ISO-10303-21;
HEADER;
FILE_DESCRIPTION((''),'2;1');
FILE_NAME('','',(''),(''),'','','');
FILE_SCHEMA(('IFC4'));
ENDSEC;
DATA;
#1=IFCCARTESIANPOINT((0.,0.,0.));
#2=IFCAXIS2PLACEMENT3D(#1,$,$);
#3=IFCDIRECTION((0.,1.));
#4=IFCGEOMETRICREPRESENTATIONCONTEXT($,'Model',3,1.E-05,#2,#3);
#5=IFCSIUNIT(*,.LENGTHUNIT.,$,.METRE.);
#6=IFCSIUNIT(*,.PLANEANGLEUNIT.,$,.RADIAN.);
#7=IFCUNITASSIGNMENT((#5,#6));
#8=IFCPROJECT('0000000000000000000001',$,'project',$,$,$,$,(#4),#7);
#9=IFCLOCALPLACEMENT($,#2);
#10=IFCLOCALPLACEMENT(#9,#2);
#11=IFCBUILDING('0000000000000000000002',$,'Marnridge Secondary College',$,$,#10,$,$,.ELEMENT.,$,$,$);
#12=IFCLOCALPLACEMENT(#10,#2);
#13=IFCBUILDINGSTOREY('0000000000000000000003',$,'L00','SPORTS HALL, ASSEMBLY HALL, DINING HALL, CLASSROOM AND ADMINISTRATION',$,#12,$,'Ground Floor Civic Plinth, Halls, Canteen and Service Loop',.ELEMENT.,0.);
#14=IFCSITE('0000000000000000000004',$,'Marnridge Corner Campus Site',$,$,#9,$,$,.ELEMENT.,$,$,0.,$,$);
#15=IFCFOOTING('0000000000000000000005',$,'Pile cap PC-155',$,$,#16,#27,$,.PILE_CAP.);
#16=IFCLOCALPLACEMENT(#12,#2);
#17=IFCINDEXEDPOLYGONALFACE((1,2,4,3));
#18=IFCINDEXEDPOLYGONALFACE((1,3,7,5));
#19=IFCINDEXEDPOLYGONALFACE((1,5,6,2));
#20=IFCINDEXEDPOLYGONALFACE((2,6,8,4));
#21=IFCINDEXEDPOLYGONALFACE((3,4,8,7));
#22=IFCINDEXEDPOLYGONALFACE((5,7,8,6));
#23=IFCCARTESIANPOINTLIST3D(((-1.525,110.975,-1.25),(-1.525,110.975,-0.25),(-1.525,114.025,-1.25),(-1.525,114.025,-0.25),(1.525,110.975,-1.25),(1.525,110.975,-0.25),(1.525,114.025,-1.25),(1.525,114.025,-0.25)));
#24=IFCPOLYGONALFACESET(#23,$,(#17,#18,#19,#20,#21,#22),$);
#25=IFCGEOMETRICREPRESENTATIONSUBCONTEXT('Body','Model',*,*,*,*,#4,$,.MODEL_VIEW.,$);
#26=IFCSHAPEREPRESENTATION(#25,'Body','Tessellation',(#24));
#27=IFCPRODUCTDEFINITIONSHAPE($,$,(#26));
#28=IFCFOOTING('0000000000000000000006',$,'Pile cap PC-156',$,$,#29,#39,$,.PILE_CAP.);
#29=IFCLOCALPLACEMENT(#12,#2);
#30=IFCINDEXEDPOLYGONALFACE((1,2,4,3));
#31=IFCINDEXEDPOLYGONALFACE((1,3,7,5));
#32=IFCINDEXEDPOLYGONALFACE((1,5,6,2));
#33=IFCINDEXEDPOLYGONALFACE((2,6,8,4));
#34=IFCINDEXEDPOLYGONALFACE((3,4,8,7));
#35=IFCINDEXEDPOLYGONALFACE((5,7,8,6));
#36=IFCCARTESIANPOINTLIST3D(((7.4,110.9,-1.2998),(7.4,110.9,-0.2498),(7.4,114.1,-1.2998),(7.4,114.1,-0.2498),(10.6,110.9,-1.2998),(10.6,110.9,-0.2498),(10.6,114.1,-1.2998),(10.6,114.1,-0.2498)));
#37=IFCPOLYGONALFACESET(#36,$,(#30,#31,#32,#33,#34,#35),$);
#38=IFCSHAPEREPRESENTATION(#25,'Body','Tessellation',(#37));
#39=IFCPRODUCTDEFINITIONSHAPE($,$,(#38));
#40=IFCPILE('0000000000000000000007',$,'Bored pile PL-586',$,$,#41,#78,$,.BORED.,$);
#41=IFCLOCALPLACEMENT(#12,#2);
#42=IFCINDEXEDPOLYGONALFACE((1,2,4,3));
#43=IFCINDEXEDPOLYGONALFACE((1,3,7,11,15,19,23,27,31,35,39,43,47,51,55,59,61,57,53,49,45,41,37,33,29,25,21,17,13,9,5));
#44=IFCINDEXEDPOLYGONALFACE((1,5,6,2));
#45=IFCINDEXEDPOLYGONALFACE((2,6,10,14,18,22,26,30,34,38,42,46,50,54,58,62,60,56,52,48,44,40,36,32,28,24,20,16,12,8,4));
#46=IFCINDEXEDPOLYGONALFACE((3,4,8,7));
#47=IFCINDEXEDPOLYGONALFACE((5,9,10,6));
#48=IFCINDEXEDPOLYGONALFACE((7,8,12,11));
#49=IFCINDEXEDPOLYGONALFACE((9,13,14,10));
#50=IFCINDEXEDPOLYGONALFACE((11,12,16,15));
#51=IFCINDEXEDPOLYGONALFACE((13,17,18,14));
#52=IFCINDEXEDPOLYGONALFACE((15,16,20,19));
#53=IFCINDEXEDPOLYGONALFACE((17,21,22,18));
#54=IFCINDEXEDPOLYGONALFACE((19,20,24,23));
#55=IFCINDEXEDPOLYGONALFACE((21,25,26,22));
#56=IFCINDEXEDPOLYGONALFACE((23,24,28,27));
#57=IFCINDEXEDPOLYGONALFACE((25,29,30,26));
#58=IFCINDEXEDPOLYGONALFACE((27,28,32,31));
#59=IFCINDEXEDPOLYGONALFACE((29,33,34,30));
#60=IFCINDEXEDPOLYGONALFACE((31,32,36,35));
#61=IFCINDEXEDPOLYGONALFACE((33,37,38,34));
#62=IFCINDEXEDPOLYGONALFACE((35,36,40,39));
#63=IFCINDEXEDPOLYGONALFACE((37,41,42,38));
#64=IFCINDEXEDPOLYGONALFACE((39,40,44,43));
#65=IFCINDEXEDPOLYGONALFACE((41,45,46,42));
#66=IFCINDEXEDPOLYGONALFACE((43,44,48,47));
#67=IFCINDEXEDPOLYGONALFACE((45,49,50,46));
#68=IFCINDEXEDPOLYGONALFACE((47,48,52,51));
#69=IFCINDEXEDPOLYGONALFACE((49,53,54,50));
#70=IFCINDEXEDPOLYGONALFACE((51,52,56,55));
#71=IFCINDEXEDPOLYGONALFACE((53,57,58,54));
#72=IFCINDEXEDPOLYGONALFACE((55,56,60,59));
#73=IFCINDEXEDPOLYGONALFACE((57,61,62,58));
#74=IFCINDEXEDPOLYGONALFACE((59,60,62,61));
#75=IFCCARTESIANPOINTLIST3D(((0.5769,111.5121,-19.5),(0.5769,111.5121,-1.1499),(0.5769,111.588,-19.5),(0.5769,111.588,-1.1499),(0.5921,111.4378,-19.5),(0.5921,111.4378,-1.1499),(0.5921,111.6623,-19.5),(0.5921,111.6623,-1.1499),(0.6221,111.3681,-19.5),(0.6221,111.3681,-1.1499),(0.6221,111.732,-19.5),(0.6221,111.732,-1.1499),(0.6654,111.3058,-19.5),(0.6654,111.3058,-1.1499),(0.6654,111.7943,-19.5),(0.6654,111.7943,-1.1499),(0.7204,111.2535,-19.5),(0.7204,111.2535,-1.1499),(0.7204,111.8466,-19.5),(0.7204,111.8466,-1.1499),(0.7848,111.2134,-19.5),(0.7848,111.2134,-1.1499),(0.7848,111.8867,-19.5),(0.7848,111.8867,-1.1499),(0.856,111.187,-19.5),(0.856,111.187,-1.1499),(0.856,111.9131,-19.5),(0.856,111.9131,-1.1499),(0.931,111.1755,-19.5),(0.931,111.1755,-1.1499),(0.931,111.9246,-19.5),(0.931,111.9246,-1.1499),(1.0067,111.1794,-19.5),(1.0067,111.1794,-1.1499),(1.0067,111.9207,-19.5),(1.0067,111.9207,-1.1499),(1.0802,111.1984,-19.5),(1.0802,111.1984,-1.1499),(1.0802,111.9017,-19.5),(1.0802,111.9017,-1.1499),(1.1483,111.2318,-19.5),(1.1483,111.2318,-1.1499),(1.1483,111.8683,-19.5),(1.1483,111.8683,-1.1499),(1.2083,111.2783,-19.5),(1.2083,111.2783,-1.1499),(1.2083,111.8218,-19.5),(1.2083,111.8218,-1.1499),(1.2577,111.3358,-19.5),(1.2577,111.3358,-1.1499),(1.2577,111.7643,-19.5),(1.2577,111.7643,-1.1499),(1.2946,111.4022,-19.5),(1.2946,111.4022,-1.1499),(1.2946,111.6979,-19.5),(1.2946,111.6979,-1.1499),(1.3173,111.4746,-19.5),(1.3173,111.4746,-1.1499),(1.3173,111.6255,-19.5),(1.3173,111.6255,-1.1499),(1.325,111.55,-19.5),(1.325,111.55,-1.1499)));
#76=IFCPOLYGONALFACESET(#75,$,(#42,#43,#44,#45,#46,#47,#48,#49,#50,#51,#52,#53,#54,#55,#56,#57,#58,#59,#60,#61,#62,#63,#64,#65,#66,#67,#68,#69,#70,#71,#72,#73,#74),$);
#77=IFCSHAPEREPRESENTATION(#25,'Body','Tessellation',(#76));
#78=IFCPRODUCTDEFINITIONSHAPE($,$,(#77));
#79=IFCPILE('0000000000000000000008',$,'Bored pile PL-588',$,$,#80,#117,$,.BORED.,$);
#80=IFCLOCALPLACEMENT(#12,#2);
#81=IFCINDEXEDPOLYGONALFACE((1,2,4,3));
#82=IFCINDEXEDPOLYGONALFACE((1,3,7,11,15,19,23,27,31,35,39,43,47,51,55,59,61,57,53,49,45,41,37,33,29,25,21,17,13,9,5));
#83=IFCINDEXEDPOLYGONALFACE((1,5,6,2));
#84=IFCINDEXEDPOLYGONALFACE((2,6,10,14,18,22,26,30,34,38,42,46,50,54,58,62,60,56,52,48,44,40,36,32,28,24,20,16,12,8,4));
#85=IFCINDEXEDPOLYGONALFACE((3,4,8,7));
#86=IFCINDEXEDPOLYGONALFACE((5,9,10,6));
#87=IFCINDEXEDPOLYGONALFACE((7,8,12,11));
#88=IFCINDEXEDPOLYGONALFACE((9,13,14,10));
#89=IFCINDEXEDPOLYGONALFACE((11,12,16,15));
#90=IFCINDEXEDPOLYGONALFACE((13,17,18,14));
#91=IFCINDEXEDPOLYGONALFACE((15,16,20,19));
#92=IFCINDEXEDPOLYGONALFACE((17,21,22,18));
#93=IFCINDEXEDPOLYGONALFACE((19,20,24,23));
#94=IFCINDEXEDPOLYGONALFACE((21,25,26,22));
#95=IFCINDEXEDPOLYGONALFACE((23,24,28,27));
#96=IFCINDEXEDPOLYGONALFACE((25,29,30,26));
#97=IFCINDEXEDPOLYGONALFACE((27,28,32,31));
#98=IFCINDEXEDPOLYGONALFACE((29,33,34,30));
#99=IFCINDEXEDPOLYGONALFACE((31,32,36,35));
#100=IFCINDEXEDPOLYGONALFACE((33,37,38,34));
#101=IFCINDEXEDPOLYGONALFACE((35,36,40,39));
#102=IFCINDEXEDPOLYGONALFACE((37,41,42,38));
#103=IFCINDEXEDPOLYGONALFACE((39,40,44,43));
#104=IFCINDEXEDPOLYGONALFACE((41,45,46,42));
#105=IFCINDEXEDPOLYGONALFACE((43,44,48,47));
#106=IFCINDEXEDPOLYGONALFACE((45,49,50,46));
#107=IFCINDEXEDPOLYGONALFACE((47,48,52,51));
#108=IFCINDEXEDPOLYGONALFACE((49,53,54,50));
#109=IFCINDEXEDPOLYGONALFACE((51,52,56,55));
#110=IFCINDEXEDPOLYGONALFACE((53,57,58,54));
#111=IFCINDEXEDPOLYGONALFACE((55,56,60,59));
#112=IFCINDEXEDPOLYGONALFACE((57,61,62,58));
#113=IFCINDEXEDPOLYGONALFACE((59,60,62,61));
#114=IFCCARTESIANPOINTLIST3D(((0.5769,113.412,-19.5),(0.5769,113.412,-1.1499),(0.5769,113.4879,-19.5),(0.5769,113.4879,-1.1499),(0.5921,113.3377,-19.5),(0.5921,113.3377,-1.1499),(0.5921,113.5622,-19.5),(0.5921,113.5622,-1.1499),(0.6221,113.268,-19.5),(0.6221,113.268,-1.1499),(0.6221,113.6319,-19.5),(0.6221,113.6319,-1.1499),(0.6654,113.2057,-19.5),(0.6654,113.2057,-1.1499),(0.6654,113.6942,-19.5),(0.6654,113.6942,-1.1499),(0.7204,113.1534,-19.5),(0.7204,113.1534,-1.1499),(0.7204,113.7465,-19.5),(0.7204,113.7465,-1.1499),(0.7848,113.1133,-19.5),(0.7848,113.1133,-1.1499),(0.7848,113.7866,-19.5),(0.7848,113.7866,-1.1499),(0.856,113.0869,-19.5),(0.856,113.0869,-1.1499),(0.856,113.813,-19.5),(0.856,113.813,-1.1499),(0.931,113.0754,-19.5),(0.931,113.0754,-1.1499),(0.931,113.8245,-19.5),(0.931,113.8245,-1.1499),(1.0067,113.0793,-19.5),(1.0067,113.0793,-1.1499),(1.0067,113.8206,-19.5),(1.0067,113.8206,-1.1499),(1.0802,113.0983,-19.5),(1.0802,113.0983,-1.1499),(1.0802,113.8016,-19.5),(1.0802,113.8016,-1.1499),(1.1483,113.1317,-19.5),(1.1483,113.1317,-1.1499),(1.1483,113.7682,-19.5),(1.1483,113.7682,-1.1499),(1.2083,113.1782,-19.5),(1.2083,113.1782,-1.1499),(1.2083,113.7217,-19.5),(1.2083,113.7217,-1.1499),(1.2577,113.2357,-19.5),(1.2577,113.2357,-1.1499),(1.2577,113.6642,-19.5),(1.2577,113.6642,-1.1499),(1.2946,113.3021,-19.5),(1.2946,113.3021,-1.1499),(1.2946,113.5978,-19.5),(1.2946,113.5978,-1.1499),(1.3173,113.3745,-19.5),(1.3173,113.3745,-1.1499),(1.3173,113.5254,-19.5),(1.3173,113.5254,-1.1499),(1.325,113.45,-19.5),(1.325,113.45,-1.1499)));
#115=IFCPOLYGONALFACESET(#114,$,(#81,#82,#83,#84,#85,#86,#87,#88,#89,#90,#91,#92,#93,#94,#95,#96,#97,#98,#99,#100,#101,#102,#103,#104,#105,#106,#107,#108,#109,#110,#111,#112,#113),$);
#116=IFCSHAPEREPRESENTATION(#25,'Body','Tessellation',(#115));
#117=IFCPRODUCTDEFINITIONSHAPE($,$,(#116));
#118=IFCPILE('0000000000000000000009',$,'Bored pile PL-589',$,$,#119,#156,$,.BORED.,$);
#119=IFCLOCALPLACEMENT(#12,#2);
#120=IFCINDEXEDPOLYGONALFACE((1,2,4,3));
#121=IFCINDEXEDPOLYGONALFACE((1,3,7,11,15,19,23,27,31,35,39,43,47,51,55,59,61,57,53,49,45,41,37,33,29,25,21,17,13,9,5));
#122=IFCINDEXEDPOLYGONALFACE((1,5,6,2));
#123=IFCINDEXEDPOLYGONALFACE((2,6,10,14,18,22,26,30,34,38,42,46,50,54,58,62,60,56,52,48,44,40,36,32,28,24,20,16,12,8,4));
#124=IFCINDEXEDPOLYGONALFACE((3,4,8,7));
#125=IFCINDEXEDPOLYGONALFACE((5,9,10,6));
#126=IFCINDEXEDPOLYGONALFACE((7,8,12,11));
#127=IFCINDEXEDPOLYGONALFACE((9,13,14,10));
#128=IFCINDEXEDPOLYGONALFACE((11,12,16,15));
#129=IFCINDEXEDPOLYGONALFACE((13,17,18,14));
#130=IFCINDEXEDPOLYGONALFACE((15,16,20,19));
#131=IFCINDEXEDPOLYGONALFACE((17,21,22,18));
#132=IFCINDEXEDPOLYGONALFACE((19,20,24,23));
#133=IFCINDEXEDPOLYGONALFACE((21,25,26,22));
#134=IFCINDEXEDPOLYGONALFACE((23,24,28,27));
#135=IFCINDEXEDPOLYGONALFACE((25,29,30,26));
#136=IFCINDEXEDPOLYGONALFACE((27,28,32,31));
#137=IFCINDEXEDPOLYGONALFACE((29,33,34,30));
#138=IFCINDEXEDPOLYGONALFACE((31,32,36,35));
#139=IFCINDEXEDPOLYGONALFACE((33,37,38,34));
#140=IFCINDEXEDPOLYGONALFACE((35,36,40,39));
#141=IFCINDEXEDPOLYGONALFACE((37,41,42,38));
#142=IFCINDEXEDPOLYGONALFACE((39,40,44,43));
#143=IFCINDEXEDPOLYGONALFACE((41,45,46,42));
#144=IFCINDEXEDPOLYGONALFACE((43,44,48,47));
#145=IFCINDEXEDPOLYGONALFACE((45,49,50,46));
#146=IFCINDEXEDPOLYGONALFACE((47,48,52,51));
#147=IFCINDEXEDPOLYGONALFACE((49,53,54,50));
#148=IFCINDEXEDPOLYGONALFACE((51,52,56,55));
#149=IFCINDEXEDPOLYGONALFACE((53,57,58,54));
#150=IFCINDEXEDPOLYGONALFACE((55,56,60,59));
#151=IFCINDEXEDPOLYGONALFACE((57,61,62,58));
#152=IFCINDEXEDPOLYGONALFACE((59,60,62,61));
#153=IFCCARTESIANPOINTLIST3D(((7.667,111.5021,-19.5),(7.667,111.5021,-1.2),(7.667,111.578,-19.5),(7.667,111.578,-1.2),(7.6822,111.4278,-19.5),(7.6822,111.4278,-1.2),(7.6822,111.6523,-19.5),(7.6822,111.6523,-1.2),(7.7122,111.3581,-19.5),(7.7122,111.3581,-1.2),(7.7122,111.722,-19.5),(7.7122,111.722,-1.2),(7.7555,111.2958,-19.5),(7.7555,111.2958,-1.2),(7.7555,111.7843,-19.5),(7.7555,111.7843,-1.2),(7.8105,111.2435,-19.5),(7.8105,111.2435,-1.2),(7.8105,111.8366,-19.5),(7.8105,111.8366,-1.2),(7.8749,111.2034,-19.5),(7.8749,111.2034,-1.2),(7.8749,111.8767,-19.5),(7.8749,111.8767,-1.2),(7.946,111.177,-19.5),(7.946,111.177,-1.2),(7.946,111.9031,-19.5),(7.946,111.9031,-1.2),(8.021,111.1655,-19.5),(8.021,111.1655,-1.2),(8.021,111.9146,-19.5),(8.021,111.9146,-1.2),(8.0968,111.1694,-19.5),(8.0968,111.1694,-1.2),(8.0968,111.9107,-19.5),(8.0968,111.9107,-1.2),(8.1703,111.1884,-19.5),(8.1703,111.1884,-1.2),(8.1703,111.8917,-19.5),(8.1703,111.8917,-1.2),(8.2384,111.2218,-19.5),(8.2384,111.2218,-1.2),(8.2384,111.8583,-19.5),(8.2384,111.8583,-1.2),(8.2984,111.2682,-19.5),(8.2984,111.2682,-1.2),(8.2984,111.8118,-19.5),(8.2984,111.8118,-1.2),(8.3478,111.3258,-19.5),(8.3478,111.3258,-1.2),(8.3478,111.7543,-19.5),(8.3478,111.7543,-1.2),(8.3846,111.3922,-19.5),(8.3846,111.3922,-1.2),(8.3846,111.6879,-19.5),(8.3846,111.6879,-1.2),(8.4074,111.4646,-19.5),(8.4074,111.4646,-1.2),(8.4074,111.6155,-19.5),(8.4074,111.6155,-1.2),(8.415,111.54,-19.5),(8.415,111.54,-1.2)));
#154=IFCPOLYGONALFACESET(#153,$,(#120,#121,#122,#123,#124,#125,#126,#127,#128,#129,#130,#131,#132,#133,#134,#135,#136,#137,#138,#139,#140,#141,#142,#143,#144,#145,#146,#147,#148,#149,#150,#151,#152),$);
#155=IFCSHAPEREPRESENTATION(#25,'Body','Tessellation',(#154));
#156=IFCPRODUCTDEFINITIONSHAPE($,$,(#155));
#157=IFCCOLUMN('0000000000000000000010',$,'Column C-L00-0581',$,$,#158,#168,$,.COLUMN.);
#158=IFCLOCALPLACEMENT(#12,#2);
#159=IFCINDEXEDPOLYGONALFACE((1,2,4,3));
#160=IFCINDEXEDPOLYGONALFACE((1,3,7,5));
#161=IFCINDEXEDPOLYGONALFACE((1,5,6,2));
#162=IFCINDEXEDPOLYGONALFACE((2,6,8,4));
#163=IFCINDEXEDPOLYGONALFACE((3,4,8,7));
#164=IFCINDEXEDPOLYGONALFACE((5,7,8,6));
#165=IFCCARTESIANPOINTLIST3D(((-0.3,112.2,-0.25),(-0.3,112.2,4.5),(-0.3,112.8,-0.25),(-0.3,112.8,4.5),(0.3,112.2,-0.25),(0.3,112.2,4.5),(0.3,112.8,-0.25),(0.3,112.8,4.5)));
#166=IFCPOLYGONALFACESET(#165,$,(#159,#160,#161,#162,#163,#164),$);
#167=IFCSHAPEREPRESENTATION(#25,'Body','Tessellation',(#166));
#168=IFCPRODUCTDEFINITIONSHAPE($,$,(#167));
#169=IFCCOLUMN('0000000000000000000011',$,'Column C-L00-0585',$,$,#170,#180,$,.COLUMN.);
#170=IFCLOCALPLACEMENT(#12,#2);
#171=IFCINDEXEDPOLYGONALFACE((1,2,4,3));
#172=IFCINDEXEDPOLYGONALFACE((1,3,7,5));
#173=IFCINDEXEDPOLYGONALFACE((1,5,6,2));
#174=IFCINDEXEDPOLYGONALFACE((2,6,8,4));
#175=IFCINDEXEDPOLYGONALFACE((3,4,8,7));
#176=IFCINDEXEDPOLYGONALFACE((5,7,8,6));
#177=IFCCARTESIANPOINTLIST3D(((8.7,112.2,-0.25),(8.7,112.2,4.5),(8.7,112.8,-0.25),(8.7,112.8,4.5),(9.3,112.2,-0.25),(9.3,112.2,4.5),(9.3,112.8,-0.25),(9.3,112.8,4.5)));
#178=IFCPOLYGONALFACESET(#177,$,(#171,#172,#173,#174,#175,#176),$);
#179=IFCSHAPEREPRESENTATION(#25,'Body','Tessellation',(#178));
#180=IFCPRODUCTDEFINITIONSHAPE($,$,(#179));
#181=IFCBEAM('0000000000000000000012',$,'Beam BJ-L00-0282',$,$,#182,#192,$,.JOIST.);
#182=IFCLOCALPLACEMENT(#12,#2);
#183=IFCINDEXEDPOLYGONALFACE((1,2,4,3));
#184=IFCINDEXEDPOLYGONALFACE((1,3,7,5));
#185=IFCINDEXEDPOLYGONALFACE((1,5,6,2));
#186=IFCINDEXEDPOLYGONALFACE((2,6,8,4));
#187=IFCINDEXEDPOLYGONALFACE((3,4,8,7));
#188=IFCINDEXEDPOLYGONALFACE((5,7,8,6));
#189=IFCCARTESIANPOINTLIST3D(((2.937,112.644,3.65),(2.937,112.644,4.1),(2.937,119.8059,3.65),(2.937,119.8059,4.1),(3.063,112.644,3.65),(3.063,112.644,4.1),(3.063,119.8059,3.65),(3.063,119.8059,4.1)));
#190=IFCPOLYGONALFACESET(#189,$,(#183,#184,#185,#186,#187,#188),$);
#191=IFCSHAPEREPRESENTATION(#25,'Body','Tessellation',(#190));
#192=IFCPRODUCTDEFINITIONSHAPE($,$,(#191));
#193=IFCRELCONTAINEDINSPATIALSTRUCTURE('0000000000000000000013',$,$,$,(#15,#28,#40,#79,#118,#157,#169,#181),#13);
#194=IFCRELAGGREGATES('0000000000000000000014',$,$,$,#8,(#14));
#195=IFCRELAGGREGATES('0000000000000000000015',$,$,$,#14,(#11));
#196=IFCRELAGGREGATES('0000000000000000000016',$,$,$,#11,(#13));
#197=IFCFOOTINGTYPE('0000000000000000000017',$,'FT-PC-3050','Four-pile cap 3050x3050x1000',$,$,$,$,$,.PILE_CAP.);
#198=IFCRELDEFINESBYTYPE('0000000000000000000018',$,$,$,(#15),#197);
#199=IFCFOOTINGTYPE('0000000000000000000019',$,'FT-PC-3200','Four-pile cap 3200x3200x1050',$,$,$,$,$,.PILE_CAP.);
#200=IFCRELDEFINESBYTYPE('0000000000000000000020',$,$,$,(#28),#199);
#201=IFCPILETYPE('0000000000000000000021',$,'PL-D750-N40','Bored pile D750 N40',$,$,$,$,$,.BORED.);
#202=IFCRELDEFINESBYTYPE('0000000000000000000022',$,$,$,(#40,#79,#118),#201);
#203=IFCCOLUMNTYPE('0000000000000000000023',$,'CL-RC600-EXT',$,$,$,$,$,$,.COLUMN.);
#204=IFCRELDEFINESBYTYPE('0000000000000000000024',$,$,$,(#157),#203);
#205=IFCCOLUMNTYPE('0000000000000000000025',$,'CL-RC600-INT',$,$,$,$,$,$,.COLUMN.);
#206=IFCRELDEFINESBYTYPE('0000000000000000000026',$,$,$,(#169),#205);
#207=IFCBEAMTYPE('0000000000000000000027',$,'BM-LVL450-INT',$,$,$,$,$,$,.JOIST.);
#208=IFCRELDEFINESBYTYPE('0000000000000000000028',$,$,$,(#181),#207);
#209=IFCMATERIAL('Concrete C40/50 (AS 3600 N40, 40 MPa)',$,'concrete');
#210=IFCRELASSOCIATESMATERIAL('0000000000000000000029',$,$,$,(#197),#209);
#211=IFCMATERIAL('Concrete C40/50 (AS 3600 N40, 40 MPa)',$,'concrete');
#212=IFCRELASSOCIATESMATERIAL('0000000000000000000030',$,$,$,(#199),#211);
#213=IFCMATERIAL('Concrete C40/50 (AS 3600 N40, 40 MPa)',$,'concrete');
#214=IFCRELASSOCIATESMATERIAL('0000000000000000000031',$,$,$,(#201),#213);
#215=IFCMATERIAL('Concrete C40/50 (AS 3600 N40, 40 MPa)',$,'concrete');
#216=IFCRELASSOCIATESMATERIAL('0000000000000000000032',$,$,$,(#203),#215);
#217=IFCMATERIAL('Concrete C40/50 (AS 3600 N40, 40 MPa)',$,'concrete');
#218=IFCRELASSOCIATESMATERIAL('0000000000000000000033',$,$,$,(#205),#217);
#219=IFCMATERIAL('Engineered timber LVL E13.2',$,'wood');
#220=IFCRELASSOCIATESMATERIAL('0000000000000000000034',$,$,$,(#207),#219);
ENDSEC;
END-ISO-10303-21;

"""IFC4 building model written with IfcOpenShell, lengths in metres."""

from ifc_helpers import new_model, si_unit, direction, frame, origin, origin_2d, place, context, subcontext, project, spatial, rectangle, circle, extrude, material, material_profile, profile_set, type_object, element, save


model = new_model("IFC4")

# Units and contexts
model_context = context("Model", 3, precision=1e-05, world=origin(), true_north=direction((0.0, 1.0)))
body_context = subcontext(model_context, "Body", "Model", "MODEL_VIEW")
ifc_project = project(units=[si_unit("LENGTHUNIT", "METRE"), si_unit("PLANEANGLEUNIT", "RADIAN")], contexts=[model_context])

# Site, building, storey
site_placement = place(None, origin())
site = spatial("IfcSite", under=ifc_project, at=site_placement, Name="Marnridge Corner Campus Site", CompositionType="ELEMENT", RefElevation=0.0)
building_placement = place(site_placement, origin())
building = spatial("IfcBuilding", under=site, at=building_placement, Name="Marnridge Secondary College", CompositionType="ELEMENT")
storey_placement = place(building_placement, origin())
storey = spatial("IfcBuildingStorey", under=building, at=storey_placement, Name="L00", Description="SPORTS HALL, ASSEMBLY HALL, DINING HALL, CLASSROOM AND ADMINISTRATION", LongName="Ground Floor Civic Plinth, Halls, Canteen and Service Loop", CompositionType="ELEMENT", Elevation=0.0)

# Footings
ifc_material_1 = material(Name="Concrete C40/50 (AS 3600 N40, 40 MPa)", Category="concrete")
footing_type_1 = type_object("IfcFootingType", Name="FT-PC-3050", Description="Four-pile cap 3050x3050x1000", PredefinedType="PILE_CAP", material=ifc_material_1)
footing_1_placement = place(storey_placement, frame((0.0, 112.5, -1.25), z_axis=(0.0, 0.0, 1.0), x_axis=(1.0, 0.0, 0.0)))
element("IfcFooting", 1, at=footing_1_placement, inside=storey, type_object=footing_type_1, Name="Pile cap PC-155", PredefinedType="PILE_CAP", context=body_context, shape_type="SweptSolid", body=[
    extrude(rectangle(XDim=3.05, YDim=3.05, at=origin_2d()), origin(), (0.0, 0.0, 1.0), 1.0),
])
ifc_material_2 = material(Name="Concrete C40/50 (AS 3600 N40, 40 MPa)", Category="concrete")
footing_type_2 = type_object("IfcFootingType", Name="FT-PC-3200", Description="Four-pile cap 3200x3200x1050", PredefinedType="PILE_CAP", material=ifc_material_2)
footing_2_placement = place(storey_placement, frame((9.0, 112.5, -1.2998), z_axis=(0.0, 0.0, 1.0), x_axis=(1.0, 0.0, 0.0)))
element("IfcFooting", 2, at=footing_2_placement, inside=storey, type_object=footing_type_2, Name="Pile cap PC-156", PredefinedType="PILE_CAP", context=body_context, shape_type="SweptSolid", body=[
    extrude(rectangle(XDim=3.2, YDim=3.2, at=origin_2d()), origin(), (0.0, 0.0, 1.0), 1.05),
])

# Piles
ifc_material_3 = material(Name="Concrete C40/50 (AS 3600 N40, 40 MPa)", Category="concrete")
ifc_material_profile_1 = material_profile(ifc_material_3, circle(Radius=0.375, at=origin_2d()), Name="PILE D750")
ifc_profile_set_1 = profile_set([ifc_material_profile_1], Name="Concrete C40/50 (AS 3600 N40, 40 MPa)")
pile_type = type_object("IfcPileType", Name="PL-D750-N40", Description="Bored pile D750 N40", PredefinedType="BORED", material=ifc_profile_set_1)
for number, where, z_axis, x_axis, name in (
    (3, (0.95, 111.55, -1.1499), (0.0, 0.0, -1.0), (1.0, 0.0, 0.0), "Bored pile PL-586"),
    (4, (0.95, 113.45, -1.1499), (0.0, 0.0, -1.0), (1.0, 0.0, 0.0), "Bored pile PL-588"),
):
    element("IfcPile", number, at=place(storey_placement, frame(where, z_axis=z_axis, x_axis=x_axis)), inside=storey, type_object=pile_type, Name=name, PredefinedType="BORED", context=body_context, shape_type="SweptSolid", body=[
        extrude(circle(Radius=0.375, at=origin_2d()), origin(), (0.0, 0.0, 1.0), 18.3501),
    ])
pile_placement = place(storey_placement, frame((8.04, 111.54, -1.2), z_axis=(0.0, 0.0, -1.0), x_axis=(1.0, 0.0, 0.0)))
element("IfcPile", 5, at=pile_placement, inside=storey, type_object=pile_type, Name="Bored pile PL-589", PredefinedType="BORED", context=body_context, shape_type="SweptSolid", body=[
    extrude(circle(Radius=0.375, at=origin_2d()), origin(), (0.0, 0.0, 1.0), 18.3),
])

# Columns
ifc_material_4 = material(Name="Concrete C40/50 (AS 3600 N40, 40 MPa)", Category="concrete")
ifc_material_profile_2 = material_profile(ifc_material_4, rectangle(XDim=0.6001, YDim=0.6001, at=origin_2d()), Name="RC 600x600")
ifc_profile_set_2 = profile_set([ifc_material_profile_2], Name="Concrete C40/50 (AS 3600 N40, 40 MPa)")
column_type_1 = type_object("IfcColumnType", Name="CL-RC600-EXT", PredefinedType="COLUMN", material=ifc_profile_set_2)
column_1_placement = place(storey_placement, frame((0.0, 112.5, -0.25), z_axis=(0.0, 0.0, 1.0), x_axis=(1.0, 0.0, 0.0)))
element("IfcColumn", 6, at=column_1_placement, inside=storey, type_object=column_type_1, Name="Column C-L00-0581", PredefinedType="COLUMN", context=body_context, shape_type="SweptSolid", body=[
    extrude(rectangle(XDim=0.6001, YDim=0.6001, at=origin_2d()), origin(), (0.0, 0.0, 1.0), 4.75),
])
ifc_material_5 = material(Name="Concrete C40/50 (AS 3600 N40, 40 MPa)", Category="concrete")
ifc_material_profile_3 = material_profile(ifc_material_5, rectangle(XDim=0.6001, YDim=0.6001, at=origin_2d()), Name="RC 600x600")
ifc_profile_set_3 = profile_set([ifc_material_profile_3], Name="Concrete C40/50 (AS 3600 N40, 40 MPa)")
column_type_2 = type_object("IfcColumnType", Name="CL-RC600-INT", PredefinedType="COLUMN", material=ifc_profile_set_3)
column_2_placement = place(storey_placement, frame((9.0, 112.5, -0.25), z_axis=(0.0, 0.0, 1.0), x_axis=(1.0, 0.0, 0.0)))
element("IfcColumn", 7, at=column_2_placement, inside=storey, type_object=column_type_2, Name="Column C-L00-0585", PredefinedType="COLUMN", context=body_context, shape_type="SweptSolid", body=[
    extrude(rectangle(XDim=0.6001, YDim=0.6001, at=origin_2d()), origin(), (0.0, 0.0, 1.0), 4.75),
])

# Beam
ifc_material_6 = material(Name="Engineered timber LVL E13.2", Category="wood")
ifc_material_profile_4 = material_profile(ifc_material_6, rectangle(XDim=0.126, YDim=0.45, at=origin_2d()), Name="LVL 126x450")
ifc_profile_set_4 = profile_set([ifc_material_profile_4], Name="Engineered timber LVL E13.2")
beam_type_1 = type_object("IfcBeamType", Name="BM-LVL450-INT", PredefinedType="JOIST", material=ifc_profile_set_4)
for number, where, z_axis, x_axis, name in (
    (8, (3.0, 112.644, 3.875), (0.0, 1.0, 0.0), (-1.0, 0.0, 0.0), "Beam BJ-L00-0282"),
):
    element("IfcBeam", number, at=place(storey_placement, frame(where, z_axis=z_axis, x_axis=x_axis)), inside=storey, type_object=beam_type_1, Name=name, PredefinedType="JOIST", context=body_context, shape_type="SweptSolid", body=[
        extrude(rectangle(XDim=0.126, YDim=0.45, at=origin_2d()), origin(), (0.0, 0.0, 1.0), 7.1619),
    ])

save(model, "model.ifc")
